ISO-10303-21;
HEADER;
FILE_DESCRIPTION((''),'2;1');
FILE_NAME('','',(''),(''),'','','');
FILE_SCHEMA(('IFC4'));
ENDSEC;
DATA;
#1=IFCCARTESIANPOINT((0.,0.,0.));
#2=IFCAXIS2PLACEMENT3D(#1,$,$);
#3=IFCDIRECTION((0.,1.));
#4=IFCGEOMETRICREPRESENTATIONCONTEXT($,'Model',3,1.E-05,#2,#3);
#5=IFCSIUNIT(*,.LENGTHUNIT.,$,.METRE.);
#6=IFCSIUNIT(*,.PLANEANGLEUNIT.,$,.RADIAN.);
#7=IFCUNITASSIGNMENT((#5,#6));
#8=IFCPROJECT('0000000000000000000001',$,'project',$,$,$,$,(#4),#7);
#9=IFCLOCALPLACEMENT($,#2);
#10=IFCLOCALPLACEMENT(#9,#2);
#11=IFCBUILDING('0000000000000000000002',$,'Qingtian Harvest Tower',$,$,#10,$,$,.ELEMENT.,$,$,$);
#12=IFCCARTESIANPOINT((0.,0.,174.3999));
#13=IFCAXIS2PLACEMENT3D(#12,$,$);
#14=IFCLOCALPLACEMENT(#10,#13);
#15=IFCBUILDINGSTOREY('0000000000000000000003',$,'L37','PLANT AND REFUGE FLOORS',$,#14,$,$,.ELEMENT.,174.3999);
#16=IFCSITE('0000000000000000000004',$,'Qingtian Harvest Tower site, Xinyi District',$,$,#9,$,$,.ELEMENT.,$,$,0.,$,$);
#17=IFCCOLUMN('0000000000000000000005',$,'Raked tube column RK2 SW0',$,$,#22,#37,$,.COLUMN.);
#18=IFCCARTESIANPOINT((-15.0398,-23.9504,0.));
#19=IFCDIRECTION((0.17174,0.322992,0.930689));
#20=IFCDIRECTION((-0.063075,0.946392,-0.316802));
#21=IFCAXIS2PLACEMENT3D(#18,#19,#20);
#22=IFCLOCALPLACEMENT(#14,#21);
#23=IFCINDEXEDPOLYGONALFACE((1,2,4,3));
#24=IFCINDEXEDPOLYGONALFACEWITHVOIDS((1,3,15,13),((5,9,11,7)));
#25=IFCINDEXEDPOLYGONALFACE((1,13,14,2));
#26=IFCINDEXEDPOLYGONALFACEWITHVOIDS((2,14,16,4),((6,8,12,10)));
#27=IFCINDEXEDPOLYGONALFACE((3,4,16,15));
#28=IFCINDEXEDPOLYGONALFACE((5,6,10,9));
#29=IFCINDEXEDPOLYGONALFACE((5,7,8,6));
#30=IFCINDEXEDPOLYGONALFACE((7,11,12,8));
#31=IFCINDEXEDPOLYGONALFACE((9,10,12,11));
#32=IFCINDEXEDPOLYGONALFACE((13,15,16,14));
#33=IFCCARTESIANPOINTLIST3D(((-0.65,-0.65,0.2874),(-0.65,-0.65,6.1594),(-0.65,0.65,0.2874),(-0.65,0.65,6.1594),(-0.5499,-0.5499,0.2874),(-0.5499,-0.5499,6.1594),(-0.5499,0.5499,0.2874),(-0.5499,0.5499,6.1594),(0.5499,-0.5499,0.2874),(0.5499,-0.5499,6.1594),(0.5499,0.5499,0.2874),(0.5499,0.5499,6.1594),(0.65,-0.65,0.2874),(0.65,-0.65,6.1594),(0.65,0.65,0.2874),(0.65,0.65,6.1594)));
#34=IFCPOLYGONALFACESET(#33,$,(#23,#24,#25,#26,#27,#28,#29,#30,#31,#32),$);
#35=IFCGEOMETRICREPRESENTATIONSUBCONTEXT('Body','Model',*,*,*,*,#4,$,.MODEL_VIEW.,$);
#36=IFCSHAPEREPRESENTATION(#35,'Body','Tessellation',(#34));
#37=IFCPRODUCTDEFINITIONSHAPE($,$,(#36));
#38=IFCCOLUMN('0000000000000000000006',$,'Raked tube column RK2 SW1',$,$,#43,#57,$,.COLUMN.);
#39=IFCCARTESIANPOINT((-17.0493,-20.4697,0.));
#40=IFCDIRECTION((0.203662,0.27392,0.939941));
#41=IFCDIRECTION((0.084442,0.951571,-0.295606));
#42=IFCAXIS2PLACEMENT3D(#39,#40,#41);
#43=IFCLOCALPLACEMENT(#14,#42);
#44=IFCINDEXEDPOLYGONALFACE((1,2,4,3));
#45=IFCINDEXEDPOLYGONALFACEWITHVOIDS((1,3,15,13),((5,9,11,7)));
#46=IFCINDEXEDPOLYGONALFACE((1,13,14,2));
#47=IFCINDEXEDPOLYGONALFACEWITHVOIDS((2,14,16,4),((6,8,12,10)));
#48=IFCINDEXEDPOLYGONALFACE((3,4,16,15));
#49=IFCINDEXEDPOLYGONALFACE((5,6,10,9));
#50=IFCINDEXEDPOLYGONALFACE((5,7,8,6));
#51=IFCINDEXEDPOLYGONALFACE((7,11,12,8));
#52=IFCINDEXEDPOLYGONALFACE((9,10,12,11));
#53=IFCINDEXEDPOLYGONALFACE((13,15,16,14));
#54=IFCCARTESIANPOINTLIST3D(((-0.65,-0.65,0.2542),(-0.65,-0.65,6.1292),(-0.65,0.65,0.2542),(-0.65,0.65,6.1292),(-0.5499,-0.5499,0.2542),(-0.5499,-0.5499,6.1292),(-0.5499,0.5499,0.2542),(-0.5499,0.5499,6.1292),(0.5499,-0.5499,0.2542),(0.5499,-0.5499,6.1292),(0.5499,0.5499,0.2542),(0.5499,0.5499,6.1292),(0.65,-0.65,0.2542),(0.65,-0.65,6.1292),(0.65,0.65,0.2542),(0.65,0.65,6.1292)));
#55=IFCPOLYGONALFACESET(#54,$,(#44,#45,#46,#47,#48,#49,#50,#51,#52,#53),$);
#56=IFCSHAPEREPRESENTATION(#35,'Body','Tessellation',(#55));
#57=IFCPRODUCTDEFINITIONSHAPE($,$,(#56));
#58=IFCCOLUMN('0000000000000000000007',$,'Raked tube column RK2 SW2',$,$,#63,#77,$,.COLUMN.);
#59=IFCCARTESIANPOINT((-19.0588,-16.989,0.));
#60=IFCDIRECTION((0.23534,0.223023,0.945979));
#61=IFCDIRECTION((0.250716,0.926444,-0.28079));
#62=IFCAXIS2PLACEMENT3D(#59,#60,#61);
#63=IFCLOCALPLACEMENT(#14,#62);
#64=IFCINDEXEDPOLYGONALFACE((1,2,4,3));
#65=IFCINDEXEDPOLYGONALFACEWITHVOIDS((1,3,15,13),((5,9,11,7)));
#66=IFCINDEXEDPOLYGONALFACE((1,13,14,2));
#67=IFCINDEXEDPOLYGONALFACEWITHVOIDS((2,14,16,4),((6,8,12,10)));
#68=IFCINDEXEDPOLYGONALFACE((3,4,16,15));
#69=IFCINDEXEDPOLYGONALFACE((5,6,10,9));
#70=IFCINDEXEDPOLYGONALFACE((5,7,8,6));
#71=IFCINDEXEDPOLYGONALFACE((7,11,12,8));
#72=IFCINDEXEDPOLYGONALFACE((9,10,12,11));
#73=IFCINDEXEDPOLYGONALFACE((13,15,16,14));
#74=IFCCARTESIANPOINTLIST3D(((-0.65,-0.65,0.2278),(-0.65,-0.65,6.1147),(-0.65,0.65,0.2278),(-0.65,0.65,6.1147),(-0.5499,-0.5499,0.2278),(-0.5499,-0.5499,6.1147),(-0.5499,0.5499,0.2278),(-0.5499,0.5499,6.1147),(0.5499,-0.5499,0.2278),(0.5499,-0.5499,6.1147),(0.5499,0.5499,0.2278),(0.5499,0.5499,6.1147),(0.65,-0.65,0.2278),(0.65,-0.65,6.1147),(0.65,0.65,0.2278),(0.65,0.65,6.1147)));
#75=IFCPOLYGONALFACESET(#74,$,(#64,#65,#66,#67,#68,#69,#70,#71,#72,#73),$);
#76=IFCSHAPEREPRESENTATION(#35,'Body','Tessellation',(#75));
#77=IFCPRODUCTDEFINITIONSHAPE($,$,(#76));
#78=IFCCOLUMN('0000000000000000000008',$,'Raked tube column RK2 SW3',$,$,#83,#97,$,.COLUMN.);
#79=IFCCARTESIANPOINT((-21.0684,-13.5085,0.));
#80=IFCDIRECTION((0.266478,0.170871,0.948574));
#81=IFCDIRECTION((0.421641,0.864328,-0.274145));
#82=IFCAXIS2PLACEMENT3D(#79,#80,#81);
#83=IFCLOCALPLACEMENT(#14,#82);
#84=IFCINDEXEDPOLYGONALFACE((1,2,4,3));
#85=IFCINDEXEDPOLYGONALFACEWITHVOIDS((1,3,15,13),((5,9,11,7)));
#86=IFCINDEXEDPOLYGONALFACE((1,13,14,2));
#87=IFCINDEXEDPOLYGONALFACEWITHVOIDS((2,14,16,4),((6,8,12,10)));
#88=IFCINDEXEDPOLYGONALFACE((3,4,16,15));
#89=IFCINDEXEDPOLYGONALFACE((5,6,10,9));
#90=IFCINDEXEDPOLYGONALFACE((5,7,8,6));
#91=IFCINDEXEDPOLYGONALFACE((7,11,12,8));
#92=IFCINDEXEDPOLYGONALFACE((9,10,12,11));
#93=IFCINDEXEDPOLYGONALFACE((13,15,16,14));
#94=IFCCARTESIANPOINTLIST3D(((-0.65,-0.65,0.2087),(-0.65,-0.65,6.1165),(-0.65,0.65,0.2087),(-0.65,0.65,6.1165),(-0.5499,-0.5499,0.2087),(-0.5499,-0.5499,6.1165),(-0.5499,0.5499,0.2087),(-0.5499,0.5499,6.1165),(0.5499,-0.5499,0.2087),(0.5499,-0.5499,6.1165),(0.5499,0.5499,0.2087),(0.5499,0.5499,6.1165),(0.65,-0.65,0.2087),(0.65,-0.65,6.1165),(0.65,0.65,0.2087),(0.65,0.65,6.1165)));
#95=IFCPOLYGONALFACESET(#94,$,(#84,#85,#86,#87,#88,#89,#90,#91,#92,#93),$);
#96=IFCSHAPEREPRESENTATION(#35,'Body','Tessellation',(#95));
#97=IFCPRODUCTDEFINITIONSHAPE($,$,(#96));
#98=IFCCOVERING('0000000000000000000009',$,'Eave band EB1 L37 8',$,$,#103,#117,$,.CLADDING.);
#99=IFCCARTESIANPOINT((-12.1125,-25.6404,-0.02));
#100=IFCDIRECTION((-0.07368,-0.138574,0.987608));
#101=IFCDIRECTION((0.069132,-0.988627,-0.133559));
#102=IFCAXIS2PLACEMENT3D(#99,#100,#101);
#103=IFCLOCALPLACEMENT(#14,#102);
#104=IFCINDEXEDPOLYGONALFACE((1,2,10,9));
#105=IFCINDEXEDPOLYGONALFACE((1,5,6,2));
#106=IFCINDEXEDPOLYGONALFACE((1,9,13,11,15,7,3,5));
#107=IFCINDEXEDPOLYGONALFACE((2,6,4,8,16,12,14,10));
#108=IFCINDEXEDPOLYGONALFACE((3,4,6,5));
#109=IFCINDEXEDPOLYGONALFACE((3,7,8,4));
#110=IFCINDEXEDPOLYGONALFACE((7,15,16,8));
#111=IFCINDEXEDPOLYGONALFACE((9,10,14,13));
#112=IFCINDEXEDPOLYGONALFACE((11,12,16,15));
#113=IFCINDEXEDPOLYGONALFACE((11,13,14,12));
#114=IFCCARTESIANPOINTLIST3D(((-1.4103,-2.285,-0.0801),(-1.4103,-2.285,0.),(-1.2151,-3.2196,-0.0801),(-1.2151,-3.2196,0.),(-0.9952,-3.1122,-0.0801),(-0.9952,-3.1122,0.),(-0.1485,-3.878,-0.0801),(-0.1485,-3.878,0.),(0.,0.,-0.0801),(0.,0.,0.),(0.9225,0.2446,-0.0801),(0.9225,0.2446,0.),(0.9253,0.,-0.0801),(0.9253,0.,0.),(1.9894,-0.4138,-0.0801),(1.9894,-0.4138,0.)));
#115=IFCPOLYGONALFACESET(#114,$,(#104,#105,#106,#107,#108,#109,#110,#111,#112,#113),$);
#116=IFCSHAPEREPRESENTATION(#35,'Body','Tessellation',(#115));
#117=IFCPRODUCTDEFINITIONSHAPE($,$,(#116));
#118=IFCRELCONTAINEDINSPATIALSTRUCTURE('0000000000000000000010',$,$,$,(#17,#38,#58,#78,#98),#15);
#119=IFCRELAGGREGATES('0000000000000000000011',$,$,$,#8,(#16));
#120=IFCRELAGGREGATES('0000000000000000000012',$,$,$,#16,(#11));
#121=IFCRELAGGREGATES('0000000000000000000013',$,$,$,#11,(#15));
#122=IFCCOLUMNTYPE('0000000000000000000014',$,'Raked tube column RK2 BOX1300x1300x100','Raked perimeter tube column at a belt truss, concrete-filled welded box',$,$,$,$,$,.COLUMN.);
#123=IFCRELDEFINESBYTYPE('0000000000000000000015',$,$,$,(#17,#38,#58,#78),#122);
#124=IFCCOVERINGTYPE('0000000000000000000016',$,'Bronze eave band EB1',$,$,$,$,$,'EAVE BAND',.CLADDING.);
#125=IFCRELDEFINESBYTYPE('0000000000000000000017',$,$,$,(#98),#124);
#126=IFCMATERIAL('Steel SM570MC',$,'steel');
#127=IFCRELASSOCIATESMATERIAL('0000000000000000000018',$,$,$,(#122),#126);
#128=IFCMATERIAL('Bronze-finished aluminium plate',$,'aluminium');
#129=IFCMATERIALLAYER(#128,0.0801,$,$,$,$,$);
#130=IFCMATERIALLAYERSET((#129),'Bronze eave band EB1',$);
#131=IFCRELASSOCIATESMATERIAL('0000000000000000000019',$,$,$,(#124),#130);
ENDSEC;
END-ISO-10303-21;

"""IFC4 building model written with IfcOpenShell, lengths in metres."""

from ifc_helpers import new_model, si_unit, direction, frame, origin, origin_2d, place, context, subcontext, project, spatial, polyline, hollow_rectangle, outline, extrude, clip, halfspace, material, layer, layer_set, material_profile, profile_set, type_object, element, save


model = new_model("IFC4")

# Units and contexts
model_context = context("Model", 3, precision=1e-05, world=origin(), true_north=direction((0.0, 1.0)))
body_context = subcontext(model_context, "Body", "Model", "MODEL_VIEW")
ifc_project = project(units=[si_unit("LENGTHUNIT", "METRE"), si_unit("PLANEANGLEUNIT", "RADIAN")], contexts=[model_context])

# Site, building, storey
site_placement = place(None, origin())
site = spatial("IfcSite", under=ifc_project, at=site_placement, Name="Qingtian Harvest Tower site, Xinyi District", CompositionType="ELEMENT", RefElevation=0.0)
building_placement = place(site_placement, origin())
building = spatial("IfcBuilding", under=site, at=building_placement, Name="Qingtian Harvest Tower", CompositionType="ELEMENT")
storey_placement = place(building_placement, frame((0.0, 0.0, 174.3999)))
storey = spatial("IfcBuildingStorey", under=building, at=storey_placement, Name="L37", Description="PLANT AND REFUGE FLOORS", CompositionType="ELEMENT", Elevation=174.3999)

# Columns
ifc_material_1 = material(Name="Steel SM570MC", Category="steel")
ifc_material_profile_1 = material_profile(ifc_material_1, hollow_rectangle(XDim=1.3, YDim=1.3, WallThickness=0.1001, at=origin_2d()), Name="BOX1300x1300x100")
ifc_profile_set_1 = profile_set([ifc_material_profile_1], Name="Steel SM570MC")
column_type = type_object("IfcColumnType", Name="Raked tube column RK2 BOX1300x1300x100", Description="Raked perimeter tube column at a belt truss, concrete-filled welded box", PredefinedType="COLUMN", material=ifc_profile_set_1)
column_1_placement = place(storey_placement, frame((-15.0398, -23.9504, 0.0), z_axis=(0.17174, 0.322992, 0.930689), x_axis=(-0.063075, 0.946392, -0.316802)))
element("IfcColumn", 1, at=column_1_placement, inside=storey, type_object=column_type, Name="Raked tube column RK2 SW0", PredefinedType="COLUMN", context=body_context, shape_type="Clipping", body=[
    clip(clip(extrude(hollow_rectangle(XDim=1.3, YDim=1.3, WallThickness=0.1001, at=origin_2d()), origin(), (0.0, 0.0, 1.0), 6.4468), halfspace(frame((0.0, 0.0, 0.2874), z_axis=(0.0, 0.0, -1.0), x_axis=(0.0, -1.0, 0.0)), False)), halfspace(frame((0.0, 0.0, 6.1594), z_axis=(0.0, 0.0, 1.0), x_axis=(0.0, 1.0, 0.0)), False)),
])
column_2_placement = place(storey_placement, frame((-17.0493, -20.4697, 0.0), z_axis=(0.203662, 0.27392, 0.939941), x_axis=(0.084442, 0.951571, -0.295606)))
element("IfcColumn", 2, at=column_2_placement, inside=storey, type_object=column_type, Name="Raked tube column RK2 SW1", PredefinedType="COLUMN", context=body_context, shape_type="Clipping", body=[
    clip(clip(extrude(hollow_rectangle(XDim=1.3, YDim=1.3, WallThickness=0.1001, at=origin_2d()), origin(), (0.0, 0.0, 1.0), 6.3833), halfspace(frame((0.0, 0.0, 0.2542), z_axis=(0.0, 0.0, -1.0), x_axis=(0.0, -1.0, 0.0)), False)), halfspace(frame((0.0, 0.0, 6.1292), z_axis=(0.0, 0.0, 1.0), x_axis=(0.0, 1.0, 0.0)), False)),
])
column_3_placement = place(storey_placement, frame((-19.0588, -16.989, 0.0), z_axis=(0.23534, 0.223023, 0.945979), x_axis=(0.250716, 0.926444, -0.28079)))
element("IfcColumn", 3, at=column_3_placement, inside=storey, type_object=column_type, Name="Raked tube column RK2 SW2", PredefinedType="COLUMN", context=body_context, shape_type="Clipping", body=[
    clip(clip(extrude(hollow_rectangle(XDim=1.3, YDim=1.3, WallThickness=0.1001, at=origin_2d()), origin(), (0.0, 0.0, 1.0), 6.3425), halfspace(frame((0.0, 0.0, 0.2278), z_axis=(0.0, 0.0, -1.0), x_axis=(0.0, -1.0, 0.0)), False)), halfspace(frame((0.0, 0.0, 6.1147), z_axis=(0.0, 0.0, 1.0), x_axis=(0.0, 1.0, 0.0)), False)),
])
column_4_placement = place(storey_placement, frame((-21.0684, -13.5085, 0.0), z_axis=(0.266478, 0.170871, 0.948574), x_axis=(0.421641, 0.864328, -0.274145)))
element("IfcColumn", 4, at=column_4_placement, inside=storey, type_object=column_type, Name="Raked tube column RK2 SW3", PredefinedType="COLUMN", context=body_context, shape_type="Clipping", body=[
    clip(clip(extrude(hollow_rectangle(XDim=1.3, YDim=1.3, WallThickness=0.1001, at=origin_2d()), origin(), (0.0, 0.0, 1.0), 6.3252), halfspace(frame((0.0, 0.0, 0.2087), z_axis=(0.0, 0.0, -1.0), x_axis=(0.0, -1.0, 0.0)), False)), halfspace(frame((0.0, 0.0, 6.1165), z_axis=(0.0, 0.0, 1.0), x_axis=(0.0, 1.0, 0.0)), False)),
])

# Covering
ifc_material_2 = material(Name="Bronze-finished aluminium plate", Category="aluminium")
ifc_layer_1 = layer(ifc_material_2, 0.0801)
ifc_layer_set_1 = layer_set([ifc_layer_1], Name="Bronze eave band EB1")
covering_type = type_object("IfcCoveringType", Name="Bronze eave band EB1", ElementType="EAVE BAND", PredefinedType="CLADDING", material=ifc_layer_set_1)
covering_1_placement = place(storey_placement, frame((-12.1125, -25.6404, -0.02), z_axis=(-0.07368, -0.138574, 0.987608), x_axis=(0.069132, -0.988627, -0.133559)))
element("IfcCovering", 5, at=covering_1_placement, inside=storey, type_object=covering_type, Name="Eave band EB1 L37 8", PredefinedType="CLADDING", context=body_context, shape_type="SweptSolid", body=[
    extrude(outline(polyline([(0.0, 0.0), (0.9253, 0.0), (0.9225, 0.2446), (1.9894, -0.4138), (-0.1485, -3.878), (-1.2151, -3.2196), (-0.9952, -3.1122), (-1.4103, -2.285), (0.0, 0.0)])), origin(), (0.0, 0.0, -1.0), 0.0801),
])

save(model, "model.ifc")
